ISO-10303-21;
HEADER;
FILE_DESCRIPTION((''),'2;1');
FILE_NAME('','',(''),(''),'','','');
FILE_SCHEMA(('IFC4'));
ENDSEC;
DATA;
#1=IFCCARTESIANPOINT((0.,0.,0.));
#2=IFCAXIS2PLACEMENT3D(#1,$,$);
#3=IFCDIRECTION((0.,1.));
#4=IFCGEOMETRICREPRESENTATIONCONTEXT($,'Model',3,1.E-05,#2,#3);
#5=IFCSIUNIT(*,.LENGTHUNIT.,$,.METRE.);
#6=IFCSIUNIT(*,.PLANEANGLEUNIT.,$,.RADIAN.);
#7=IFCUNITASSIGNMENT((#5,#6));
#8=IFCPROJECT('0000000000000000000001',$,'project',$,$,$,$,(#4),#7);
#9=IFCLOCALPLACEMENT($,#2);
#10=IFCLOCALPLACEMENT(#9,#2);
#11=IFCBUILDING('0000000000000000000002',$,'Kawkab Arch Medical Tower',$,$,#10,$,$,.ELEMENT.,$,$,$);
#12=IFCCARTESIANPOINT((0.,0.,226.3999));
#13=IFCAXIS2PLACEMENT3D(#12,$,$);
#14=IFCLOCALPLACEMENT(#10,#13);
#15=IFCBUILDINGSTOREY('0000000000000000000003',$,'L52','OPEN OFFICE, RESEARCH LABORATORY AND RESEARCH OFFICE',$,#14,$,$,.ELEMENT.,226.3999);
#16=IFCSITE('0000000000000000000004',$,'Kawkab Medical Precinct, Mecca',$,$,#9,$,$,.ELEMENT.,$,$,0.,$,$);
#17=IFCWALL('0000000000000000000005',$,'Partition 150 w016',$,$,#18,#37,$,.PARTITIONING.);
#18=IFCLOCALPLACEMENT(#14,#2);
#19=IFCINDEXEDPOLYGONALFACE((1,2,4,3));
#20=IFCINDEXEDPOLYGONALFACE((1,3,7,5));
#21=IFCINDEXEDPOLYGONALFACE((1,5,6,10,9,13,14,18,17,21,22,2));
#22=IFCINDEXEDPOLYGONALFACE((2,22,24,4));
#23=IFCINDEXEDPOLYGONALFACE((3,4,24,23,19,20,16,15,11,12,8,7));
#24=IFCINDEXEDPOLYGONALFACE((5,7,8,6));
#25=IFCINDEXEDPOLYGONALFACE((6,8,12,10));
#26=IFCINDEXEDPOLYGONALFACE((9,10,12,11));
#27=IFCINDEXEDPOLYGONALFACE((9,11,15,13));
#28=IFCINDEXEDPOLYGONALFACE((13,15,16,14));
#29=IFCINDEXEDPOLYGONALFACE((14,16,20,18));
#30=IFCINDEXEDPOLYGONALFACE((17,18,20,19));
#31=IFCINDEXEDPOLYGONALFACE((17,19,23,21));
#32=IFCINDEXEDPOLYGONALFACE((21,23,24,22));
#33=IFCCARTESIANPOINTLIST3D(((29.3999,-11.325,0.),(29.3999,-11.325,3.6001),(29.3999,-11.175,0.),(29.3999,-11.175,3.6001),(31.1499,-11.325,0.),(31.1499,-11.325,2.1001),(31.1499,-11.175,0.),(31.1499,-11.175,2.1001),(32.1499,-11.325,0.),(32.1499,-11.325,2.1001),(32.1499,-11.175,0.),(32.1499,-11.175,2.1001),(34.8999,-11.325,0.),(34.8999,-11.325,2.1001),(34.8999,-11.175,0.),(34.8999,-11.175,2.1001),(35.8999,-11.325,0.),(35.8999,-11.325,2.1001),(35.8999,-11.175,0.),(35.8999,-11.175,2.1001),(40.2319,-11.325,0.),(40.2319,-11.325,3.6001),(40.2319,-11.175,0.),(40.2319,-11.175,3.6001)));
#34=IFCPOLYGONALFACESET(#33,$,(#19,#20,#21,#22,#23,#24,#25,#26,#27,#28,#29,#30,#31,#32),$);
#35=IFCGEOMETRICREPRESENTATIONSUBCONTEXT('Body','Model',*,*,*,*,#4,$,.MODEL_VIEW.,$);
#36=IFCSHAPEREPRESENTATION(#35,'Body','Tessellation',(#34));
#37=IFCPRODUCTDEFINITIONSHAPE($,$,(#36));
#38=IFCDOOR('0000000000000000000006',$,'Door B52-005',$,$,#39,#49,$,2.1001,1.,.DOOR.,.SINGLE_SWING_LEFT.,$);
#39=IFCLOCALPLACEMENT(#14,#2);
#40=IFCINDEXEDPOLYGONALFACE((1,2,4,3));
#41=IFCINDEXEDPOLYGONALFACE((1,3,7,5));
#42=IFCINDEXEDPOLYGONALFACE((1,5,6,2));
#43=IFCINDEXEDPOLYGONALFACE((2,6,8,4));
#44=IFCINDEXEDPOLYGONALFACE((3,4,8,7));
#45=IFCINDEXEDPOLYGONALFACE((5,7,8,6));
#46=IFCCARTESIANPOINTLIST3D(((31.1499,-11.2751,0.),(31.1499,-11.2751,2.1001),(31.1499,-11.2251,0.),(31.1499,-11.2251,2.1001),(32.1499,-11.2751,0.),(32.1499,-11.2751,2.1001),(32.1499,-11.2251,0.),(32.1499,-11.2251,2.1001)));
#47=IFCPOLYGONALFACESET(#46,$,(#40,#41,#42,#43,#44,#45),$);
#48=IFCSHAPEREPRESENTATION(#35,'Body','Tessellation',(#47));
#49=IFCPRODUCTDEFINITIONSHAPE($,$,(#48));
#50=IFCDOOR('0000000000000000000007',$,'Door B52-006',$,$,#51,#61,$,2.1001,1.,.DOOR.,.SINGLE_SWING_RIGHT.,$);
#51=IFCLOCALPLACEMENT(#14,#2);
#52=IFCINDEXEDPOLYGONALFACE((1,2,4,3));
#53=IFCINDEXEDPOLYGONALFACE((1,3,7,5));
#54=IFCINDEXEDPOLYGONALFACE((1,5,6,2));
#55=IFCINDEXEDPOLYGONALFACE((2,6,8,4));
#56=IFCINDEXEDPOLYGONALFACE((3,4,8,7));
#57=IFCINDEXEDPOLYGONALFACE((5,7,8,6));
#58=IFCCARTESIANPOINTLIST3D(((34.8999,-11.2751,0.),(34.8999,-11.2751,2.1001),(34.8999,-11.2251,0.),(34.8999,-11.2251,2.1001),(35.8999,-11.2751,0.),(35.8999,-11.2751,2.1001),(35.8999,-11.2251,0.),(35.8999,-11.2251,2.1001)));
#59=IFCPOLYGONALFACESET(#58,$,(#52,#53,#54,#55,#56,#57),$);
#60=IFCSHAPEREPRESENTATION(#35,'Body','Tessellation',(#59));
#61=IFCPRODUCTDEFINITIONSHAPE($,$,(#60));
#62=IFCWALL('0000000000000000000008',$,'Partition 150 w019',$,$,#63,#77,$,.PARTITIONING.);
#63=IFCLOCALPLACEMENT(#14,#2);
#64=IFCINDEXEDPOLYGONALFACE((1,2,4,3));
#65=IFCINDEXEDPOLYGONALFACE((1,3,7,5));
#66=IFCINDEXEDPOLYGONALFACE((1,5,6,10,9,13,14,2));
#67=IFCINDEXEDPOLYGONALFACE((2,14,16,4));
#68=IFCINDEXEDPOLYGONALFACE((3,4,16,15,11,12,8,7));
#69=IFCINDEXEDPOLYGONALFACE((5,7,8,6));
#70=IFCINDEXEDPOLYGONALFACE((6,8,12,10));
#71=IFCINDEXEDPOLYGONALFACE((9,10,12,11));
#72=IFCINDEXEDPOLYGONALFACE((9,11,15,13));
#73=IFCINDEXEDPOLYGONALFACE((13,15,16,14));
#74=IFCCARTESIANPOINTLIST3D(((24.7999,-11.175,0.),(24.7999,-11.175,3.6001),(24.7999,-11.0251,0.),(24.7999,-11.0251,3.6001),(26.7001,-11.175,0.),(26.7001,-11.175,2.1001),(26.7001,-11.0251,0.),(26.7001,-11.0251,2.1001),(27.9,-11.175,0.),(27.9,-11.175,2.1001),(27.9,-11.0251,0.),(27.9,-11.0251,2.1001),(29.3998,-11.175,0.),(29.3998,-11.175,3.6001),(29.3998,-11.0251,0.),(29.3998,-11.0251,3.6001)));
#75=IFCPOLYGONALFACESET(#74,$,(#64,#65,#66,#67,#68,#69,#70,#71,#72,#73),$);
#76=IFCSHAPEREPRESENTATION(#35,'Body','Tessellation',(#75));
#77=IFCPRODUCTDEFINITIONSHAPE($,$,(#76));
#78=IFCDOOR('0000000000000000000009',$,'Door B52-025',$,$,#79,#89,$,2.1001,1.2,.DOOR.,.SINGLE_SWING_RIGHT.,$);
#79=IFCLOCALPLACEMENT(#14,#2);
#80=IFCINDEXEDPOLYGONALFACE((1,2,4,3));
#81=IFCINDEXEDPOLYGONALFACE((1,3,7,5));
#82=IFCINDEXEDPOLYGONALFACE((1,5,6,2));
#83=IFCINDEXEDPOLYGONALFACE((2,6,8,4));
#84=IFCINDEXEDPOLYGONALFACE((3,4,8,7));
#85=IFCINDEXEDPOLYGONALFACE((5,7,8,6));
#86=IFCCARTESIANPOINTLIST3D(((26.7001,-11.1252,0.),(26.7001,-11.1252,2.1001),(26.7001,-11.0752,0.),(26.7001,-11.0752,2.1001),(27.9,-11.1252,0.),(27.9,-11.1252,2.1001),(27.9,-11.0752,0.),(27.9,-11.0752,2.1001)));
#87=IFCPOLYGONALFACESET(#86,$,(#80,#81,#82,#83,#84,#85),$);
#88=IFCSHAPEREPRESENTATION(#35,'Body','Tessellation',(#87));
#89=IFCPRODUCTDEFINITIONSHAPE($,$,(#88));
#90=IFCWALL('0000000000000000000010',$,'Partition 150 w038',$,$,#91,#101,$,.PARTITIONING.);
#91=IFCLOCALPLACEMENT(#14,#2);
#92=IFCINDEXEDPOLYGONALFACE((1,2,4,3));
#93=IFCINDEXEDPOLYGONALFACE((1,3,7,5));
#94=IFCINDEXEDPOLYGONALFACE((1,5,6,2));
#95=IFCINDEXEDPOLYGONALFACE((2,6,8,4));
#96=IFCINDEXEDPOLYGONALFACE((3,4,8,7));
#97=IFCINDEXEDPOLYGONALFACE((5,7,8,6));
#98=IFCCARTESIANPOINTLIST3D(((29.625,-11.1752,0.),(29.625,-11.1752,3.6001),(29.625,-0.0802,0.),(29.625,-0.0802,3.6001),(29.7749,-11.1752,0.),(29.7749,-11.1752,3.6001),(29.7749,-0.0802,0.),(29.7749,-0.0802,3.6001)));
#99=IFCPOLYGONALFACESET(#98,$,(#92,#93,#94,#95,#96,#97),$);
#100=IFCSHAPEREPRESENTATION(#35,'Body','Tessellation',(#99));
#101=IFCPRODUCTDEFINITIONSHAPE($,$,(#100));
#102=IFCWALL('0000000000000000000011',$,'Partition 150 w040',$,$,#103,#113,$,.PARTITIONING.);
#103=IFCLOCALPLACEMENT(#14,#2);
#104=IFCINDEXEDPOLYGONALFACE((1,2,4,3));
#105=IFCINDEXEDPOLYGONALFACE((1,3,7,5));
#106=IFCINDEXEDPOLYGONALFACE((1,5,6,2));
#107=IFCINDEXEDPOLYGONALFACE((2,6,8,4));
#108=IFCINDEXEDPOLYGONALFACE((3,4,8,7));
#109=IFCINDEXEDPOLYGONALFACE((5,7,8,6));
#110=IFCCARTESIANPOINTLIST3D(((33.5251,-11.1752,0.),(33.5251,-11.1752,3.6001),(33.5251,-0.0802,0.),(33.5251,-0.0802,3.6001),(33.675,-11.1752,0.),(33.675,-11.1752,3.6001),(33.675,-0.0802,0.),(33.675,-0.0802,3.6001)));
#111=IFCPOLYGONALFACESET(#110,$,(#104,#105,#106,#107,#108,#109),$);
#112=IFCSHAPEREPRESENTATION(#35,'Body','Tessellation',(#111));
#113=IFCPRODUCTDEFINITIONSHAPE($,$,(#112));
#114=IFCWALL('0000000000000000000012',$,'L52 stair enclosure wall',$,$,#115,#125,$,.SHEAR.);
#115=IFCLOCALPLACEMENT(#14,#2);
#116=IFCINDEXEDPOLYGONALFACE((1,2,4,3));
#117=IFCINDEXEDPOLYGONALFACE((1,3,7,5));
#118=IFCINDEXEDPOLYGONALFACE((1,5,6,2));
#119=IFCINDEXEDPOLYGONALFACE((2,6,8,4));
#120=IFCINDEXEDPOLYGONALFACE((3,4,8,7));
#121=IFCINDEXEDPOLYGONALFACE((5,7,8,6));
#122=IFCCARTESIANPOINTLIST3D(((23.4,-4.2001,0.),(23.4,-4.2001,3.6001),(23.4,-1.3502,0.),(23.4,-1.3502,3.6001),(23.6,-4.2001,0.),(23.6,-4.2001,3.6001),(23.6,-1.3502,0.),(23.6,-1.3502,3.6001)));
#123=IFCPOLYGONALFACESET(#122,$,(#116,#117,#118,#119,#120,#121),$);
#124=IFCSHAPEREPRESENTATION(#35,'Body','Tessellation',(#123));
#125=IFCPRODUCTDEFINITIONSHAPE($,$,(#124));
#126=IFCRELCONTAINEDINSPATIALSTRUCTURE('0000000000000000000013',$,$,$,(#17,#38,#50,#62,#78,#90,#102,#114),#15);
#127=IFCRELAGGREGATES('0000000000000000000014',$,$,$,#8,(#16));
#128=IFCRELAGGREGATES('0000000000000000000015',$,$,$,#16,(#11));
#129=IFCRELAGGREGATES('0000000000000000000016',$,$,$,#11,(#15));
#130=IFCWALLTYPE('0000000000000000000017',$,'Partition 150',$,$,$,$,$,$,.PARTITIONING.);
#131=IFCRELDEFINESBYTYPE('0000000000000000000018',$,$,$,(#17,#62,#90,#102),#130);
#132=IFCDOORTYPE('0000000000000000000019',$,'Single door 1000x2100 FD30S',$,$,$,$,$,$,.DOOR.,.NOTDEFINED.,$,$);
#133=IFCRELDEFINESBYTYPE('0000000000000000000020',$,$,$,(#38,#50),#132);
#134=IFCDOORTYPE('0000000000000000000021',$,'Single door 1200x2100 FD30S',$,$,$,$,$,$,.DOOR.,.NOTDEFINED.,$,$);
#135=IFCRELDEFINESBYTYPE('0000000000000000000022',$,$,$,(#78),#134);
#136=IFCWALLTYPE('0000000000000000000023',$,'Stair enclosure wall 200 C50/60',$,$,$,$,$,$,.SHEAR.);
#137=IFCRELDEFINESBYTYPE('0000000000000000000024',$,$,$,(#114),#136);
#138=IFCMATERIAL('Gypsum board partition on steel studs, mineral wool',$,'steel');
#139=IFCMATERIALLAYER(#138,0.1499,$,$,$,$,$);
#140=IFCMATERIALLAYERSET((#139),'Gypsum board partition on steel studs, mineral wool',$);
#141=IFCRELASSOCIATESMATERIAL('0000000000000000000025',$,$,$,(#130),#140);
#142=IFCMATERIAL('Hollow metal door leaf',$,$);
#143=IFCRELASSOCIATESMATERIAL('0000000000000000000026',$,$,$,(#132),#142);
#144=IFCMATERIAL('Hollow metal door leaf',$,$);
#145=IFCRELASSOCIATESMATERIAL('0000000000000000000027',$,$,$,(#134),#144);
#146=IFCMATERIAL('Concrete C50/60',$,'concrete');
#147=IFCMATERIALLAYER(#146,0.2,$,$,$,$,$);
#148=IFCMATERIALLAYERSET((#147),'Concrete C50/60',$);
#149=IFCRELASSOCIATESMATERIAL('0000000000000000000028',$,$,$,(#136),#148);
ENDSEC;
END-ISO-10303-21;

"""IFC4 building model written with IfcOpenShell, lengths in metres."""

from ifc_helpers import new_model, si_unit, direction, frame, frame_2d, origin, place, context, subcontext, project, spatial, rectangle, extrude, material, layer, layer_set, type_object, element, fill, save


model = new_model("IFC4")

# Units and contexts
model_context = context("Model", 3, precision=1e-05, world=origin(), true_north=direction((0.0, 1.0)))
body_context = subcontext(model_context, "Body", "Model", "MODEL_VIEW")
ifc_project = project(units=[si_unit("LENGTHUNIT", "METRE"), si_unit("PLANEANGLEUNIT", "RADIAN")], contexts=[model_context])

# Site, building, storey
site_placement = place(None, origin())
site = spatial("IfcSite", under=ifc_project, at=site_placement, Name="Kawkab Medical Precinct, Mecca", CompositionType="ELEMENT", RefElevation=0.0)
building_placement = place(site_placement, origin())
building = spatial("IfcBuilding", under=site, at=building_placement, Name="Kawkab Arch Medical Tower", CompositionType="ELEMENT")
storey_placement = place(building_placement, frame((0.0, 0.0, 226.3999)))
storey = spatial("IfcBuildingStorey", under=building, at=storey_placement, Name="L52", Description="OPEN OFFICE, RESEARCH LABORATORY AND RESEARCH OFFICE", CompositionType="ELEMENT", Elevation=226.3999)

# Wall, openings, doors
ifc_material_1 = material(Name="Gypsum board partition on steel studs, mineral wool", Category="steel")
ifc_layer_1 = layer(ifc_material_1, 0.1499)
ifc_layer_set_1 = layer_set([ifc_layer_1], Name="Gypsum board partition on steel studs, mineral wool")
wall_type_1 = type_object("IfcWallType", Name="Partition 150", PredefinedType="PARTITIONING", material=ifc_layer_set_1)
ifc_material_2 = material(Name="Hollow metal door leaf")
door_type_1 = type_object("IfcDoorType", Name="Single door 1000x2100 FD30S", OperationType="NOTDEFINED", PredefinedType="DOOR", material=ifc_material_2)
wall_1_placement = place(storey_placement, frame((29.3999, -11.25, 0.0), z_axis=(0.0, 0.0, 1.0), x_axis=(1.0, 0.0, 0.0)))
wall_1 = element("IfcWall", 1, at=wall_1_placement, inside=storey, type_object=wall_type_1, Name="Partition 150 w016", PredefinedType="PARTITIONING", context=body_context, shape_type="SweptSolid", body=[
    extrude(rectangle(XDim=10.832, YDim=0.1499, at=frame_2d((5.416, 0.0))), origin(), (0.0, 0.0, 1.0), 3.6001),
])
opening_1_placement = place(wall_1_placement, frame((1.75, 0.0, 0.0)))
opening_1 = element("IfcOpeningElement", 2, at=opening_1_placement, cuts=wall_1, PredefinedType="OPENING", context=body_context, shape_type="SweptSolid", body=[
    extrude(rectangle(XDim=1.0, YDim=2.1001, at=frame_2d((0.5, 1.05))), frame((0.0, 0.085, 0.0), z_axis=(0.0, -1.0, 0.0), x_axis=(1.0, 0.0, 0.0)), (0.0, 0.0, 1.0), 0.1699),
])
opening_2_placement = place(wall_1_placement, frame((5.5, 0.0, 0.0)))
opening_2 = element("IfcOpeningElement", 3, at=opening_2_placement, cuts=wall_1, PredefinedType="OPENING", context=body_context, shape_type="SweptSolid", body=[
    extrude(rectangle(XDim=1.0, YDim=2.1001, at=frame_2d((0.5, 1.05))), frame((0.0, 0.085, 0.0), z_axis=(0.0, -1.0, 0.0), x_axis=(1.0, 0.0, 0.0)), (0.0, 0.0, 1.0), 0.1699),
])
door_1_placement = place(opening_1_placement, origin())
door_1 = element("IfcDoor", 4, at=door_1_placement, inside=storey, type_object=door_type_1, Name="Door B52-005", OperationType="SINGLE_SWING_LEFT", OverallHeight=2.1001, OverallWidth=1.0, PredefinedType="DOOR", context=body_context, shape_type="SweptSolid", body=[
    extrude(rectangle(XDim=1.0, YDim=2.1001, at=frame_2d((0.5, 1.05))), frame((0.0, 0.0249, 0.0), z_axis=(0.0, -1.0, 0.0), x_axis=(1.0, 0.0, 0.0)), (0.0, 0.0, 1.0), 0.05),
])
fill(opening_1, door_1)
door_2_placement = place(opening_2_placement, origin())
door_2 = element("IfcDoor", 5, at=door_2_placement, inside=storey, type_object=door_type_1, Name="Door B52-006", OperationType="SINGLE_SWING_RIGHT", OverallHeight=2.1001, OverallWidth=1.0, PredefinedType="DOOR", context=body_context, shape_type="SweptSolid", body=[
    extrude(rectangle(XDim=1.0, YDim=2.1001, at=frame_2d((0.5, 1.05))), frame((0.0, 0.0249, 0.0), z_axis=(0.0, -1.0, 0.0), x_axis=(1.0, 0.0, 0.0)), (0.0, 0.0, 1.0), 0.05),
])
fill(opening_2, door_2)

# Wall, opening, door
wall_2_placement = place(storey_placement, frame((24.8, -11.1001, 0.0), z_axis=(0.0, 0.0, 1.0), x_axis=(1.0, 0.0, 0.0)))
wall_2 = element("IfcWall", 6, at=wall_2_placement, inside=storey, type_object=wall_type_1, Name="Partition 150 w019", PredefinedType="PARTITIONING", context=body_context, shape_type="SweptSolid", body=[
    extrude(rectangle(XDim=4.5999, YDim=0.1499, at=frame_2d((2.2998, 0.0))), origin(), (0.0, 0.0, 1.0), 3.6001),
])
opening_3_placement = place(wall_2_placement, frame((1.8999, 0.0, 0.0)))
opening_3 = element("IfcOpeningElement", 7, at=opening_3_placement, cuts=wall_2, PredefinedType="OPENING", context=body_context, shape_type="SweptSolid", body=[
    extrude(rectangle(XDim=1.2, YDim=2.1001, at=frame_2d((0.6001, 1.05))), frame((0.0, 0.085, 0.0), z_axis=(0.0, -1.0, 0.0), x_axis=(1.0, 0.0, 0.0)), (0.0, 0.0, 1.0), 0.1699),
])
ifc_material_3 = material(Name="Hollow metal door leaf")
door_type_2 = type_object("IfcDoorType", Name="Single door 1200x2100 FD30S", OperationType="NOTDEFINED", PredefinedType="DOOR", material=ifc_material_3)
door_3_placement = place(opening_3_placement, origin())
door_3 = element("IfcDoor", 8, at=door_3_placement, inside=storey, type_object=door_type_2, Name="Door B52-025", OperationType="SINGLE_SWING_RIGHT", OverallHeight=2.1001, OverallWidth=1.2, PredefinedType="DOOR", context=body_context, shape_type="SweptSolid", body=[
    extrude(rectangle(XDim=1.2, YDim=2.1001, at=frame_2d((0.6001, 1.05))), frame((0.0, 0.0249, 0.0), z_axis=(0.0, -1.0, 0.0), x_axis=(1.0, 0.0, 0.0)), (0.0, 0.0, 1.0), 0.05),
])
fill(opening_3, door_3)

# Walls
for number, where, z_axis, x_axis, name in (
    (9, (29.7, -11.175, 0.0), (0.0, 0.0, 1.0), (0.0, 1.0, 0.0), "Partition 150 w038"),
    (10, (33.6001, -11.175, 0.0), (0.0, 0.0, 1.0), (0.0, 1.0, 0.0), "Partition 150 w040"),
):
    element("IfcWall", number, at=place(storey_placement, frame(where, z_axis=z_axis, x_axis=x_axis)), inside=storey, type_object=wall_type_1, Name=name, PredefinedType="PARTITIONING", context=body_context, shape_type="SweptSolid", body=[
        extrude(rectangle(XDim=11.095, YDim=0.1499, at=frame_2d((5.5474, 0.0))), origin(), (0.0, 0.0, 1.0), 3.6001),
    ])
ifc_material_4 = material(Name="Concrete C50/60", Category="concrete")
ifc_layer_2 = layer(ifc_material_4, 0.2)
ifc_layer_set_2 = layer_set([ifc_layer_2], Name="Concrete C50/60")
wall_type_2 = type_object("IfcWallType", Name="Stair enclosure wall 200 C50/60", PredefinedType="SHEAR", material=ifc_layer_set_2)
wall_3_placement = place(storey_placement, frame((23.5, -4.2, 0.0), z_axis=(0.0, 0.0, 1.0), x_axis=(0.0, 1.0, 0.0)))
element("IfcWall", 11, at=wall_3_placement, inside=storey, type_object=wall_type_2, Name="L52 stair enclosure wall", PredefinedType="SHEAR", context=body_context, shape_type="SweptSolid", body=[
    extrude(rectangle(XDim=2.8499, YDim=0.2, at=frame_2d((1.4248, 0.0))), origin(), (0.0, 0.0, 1.0), 3.6001),
])

save(model, "model.ifc")
